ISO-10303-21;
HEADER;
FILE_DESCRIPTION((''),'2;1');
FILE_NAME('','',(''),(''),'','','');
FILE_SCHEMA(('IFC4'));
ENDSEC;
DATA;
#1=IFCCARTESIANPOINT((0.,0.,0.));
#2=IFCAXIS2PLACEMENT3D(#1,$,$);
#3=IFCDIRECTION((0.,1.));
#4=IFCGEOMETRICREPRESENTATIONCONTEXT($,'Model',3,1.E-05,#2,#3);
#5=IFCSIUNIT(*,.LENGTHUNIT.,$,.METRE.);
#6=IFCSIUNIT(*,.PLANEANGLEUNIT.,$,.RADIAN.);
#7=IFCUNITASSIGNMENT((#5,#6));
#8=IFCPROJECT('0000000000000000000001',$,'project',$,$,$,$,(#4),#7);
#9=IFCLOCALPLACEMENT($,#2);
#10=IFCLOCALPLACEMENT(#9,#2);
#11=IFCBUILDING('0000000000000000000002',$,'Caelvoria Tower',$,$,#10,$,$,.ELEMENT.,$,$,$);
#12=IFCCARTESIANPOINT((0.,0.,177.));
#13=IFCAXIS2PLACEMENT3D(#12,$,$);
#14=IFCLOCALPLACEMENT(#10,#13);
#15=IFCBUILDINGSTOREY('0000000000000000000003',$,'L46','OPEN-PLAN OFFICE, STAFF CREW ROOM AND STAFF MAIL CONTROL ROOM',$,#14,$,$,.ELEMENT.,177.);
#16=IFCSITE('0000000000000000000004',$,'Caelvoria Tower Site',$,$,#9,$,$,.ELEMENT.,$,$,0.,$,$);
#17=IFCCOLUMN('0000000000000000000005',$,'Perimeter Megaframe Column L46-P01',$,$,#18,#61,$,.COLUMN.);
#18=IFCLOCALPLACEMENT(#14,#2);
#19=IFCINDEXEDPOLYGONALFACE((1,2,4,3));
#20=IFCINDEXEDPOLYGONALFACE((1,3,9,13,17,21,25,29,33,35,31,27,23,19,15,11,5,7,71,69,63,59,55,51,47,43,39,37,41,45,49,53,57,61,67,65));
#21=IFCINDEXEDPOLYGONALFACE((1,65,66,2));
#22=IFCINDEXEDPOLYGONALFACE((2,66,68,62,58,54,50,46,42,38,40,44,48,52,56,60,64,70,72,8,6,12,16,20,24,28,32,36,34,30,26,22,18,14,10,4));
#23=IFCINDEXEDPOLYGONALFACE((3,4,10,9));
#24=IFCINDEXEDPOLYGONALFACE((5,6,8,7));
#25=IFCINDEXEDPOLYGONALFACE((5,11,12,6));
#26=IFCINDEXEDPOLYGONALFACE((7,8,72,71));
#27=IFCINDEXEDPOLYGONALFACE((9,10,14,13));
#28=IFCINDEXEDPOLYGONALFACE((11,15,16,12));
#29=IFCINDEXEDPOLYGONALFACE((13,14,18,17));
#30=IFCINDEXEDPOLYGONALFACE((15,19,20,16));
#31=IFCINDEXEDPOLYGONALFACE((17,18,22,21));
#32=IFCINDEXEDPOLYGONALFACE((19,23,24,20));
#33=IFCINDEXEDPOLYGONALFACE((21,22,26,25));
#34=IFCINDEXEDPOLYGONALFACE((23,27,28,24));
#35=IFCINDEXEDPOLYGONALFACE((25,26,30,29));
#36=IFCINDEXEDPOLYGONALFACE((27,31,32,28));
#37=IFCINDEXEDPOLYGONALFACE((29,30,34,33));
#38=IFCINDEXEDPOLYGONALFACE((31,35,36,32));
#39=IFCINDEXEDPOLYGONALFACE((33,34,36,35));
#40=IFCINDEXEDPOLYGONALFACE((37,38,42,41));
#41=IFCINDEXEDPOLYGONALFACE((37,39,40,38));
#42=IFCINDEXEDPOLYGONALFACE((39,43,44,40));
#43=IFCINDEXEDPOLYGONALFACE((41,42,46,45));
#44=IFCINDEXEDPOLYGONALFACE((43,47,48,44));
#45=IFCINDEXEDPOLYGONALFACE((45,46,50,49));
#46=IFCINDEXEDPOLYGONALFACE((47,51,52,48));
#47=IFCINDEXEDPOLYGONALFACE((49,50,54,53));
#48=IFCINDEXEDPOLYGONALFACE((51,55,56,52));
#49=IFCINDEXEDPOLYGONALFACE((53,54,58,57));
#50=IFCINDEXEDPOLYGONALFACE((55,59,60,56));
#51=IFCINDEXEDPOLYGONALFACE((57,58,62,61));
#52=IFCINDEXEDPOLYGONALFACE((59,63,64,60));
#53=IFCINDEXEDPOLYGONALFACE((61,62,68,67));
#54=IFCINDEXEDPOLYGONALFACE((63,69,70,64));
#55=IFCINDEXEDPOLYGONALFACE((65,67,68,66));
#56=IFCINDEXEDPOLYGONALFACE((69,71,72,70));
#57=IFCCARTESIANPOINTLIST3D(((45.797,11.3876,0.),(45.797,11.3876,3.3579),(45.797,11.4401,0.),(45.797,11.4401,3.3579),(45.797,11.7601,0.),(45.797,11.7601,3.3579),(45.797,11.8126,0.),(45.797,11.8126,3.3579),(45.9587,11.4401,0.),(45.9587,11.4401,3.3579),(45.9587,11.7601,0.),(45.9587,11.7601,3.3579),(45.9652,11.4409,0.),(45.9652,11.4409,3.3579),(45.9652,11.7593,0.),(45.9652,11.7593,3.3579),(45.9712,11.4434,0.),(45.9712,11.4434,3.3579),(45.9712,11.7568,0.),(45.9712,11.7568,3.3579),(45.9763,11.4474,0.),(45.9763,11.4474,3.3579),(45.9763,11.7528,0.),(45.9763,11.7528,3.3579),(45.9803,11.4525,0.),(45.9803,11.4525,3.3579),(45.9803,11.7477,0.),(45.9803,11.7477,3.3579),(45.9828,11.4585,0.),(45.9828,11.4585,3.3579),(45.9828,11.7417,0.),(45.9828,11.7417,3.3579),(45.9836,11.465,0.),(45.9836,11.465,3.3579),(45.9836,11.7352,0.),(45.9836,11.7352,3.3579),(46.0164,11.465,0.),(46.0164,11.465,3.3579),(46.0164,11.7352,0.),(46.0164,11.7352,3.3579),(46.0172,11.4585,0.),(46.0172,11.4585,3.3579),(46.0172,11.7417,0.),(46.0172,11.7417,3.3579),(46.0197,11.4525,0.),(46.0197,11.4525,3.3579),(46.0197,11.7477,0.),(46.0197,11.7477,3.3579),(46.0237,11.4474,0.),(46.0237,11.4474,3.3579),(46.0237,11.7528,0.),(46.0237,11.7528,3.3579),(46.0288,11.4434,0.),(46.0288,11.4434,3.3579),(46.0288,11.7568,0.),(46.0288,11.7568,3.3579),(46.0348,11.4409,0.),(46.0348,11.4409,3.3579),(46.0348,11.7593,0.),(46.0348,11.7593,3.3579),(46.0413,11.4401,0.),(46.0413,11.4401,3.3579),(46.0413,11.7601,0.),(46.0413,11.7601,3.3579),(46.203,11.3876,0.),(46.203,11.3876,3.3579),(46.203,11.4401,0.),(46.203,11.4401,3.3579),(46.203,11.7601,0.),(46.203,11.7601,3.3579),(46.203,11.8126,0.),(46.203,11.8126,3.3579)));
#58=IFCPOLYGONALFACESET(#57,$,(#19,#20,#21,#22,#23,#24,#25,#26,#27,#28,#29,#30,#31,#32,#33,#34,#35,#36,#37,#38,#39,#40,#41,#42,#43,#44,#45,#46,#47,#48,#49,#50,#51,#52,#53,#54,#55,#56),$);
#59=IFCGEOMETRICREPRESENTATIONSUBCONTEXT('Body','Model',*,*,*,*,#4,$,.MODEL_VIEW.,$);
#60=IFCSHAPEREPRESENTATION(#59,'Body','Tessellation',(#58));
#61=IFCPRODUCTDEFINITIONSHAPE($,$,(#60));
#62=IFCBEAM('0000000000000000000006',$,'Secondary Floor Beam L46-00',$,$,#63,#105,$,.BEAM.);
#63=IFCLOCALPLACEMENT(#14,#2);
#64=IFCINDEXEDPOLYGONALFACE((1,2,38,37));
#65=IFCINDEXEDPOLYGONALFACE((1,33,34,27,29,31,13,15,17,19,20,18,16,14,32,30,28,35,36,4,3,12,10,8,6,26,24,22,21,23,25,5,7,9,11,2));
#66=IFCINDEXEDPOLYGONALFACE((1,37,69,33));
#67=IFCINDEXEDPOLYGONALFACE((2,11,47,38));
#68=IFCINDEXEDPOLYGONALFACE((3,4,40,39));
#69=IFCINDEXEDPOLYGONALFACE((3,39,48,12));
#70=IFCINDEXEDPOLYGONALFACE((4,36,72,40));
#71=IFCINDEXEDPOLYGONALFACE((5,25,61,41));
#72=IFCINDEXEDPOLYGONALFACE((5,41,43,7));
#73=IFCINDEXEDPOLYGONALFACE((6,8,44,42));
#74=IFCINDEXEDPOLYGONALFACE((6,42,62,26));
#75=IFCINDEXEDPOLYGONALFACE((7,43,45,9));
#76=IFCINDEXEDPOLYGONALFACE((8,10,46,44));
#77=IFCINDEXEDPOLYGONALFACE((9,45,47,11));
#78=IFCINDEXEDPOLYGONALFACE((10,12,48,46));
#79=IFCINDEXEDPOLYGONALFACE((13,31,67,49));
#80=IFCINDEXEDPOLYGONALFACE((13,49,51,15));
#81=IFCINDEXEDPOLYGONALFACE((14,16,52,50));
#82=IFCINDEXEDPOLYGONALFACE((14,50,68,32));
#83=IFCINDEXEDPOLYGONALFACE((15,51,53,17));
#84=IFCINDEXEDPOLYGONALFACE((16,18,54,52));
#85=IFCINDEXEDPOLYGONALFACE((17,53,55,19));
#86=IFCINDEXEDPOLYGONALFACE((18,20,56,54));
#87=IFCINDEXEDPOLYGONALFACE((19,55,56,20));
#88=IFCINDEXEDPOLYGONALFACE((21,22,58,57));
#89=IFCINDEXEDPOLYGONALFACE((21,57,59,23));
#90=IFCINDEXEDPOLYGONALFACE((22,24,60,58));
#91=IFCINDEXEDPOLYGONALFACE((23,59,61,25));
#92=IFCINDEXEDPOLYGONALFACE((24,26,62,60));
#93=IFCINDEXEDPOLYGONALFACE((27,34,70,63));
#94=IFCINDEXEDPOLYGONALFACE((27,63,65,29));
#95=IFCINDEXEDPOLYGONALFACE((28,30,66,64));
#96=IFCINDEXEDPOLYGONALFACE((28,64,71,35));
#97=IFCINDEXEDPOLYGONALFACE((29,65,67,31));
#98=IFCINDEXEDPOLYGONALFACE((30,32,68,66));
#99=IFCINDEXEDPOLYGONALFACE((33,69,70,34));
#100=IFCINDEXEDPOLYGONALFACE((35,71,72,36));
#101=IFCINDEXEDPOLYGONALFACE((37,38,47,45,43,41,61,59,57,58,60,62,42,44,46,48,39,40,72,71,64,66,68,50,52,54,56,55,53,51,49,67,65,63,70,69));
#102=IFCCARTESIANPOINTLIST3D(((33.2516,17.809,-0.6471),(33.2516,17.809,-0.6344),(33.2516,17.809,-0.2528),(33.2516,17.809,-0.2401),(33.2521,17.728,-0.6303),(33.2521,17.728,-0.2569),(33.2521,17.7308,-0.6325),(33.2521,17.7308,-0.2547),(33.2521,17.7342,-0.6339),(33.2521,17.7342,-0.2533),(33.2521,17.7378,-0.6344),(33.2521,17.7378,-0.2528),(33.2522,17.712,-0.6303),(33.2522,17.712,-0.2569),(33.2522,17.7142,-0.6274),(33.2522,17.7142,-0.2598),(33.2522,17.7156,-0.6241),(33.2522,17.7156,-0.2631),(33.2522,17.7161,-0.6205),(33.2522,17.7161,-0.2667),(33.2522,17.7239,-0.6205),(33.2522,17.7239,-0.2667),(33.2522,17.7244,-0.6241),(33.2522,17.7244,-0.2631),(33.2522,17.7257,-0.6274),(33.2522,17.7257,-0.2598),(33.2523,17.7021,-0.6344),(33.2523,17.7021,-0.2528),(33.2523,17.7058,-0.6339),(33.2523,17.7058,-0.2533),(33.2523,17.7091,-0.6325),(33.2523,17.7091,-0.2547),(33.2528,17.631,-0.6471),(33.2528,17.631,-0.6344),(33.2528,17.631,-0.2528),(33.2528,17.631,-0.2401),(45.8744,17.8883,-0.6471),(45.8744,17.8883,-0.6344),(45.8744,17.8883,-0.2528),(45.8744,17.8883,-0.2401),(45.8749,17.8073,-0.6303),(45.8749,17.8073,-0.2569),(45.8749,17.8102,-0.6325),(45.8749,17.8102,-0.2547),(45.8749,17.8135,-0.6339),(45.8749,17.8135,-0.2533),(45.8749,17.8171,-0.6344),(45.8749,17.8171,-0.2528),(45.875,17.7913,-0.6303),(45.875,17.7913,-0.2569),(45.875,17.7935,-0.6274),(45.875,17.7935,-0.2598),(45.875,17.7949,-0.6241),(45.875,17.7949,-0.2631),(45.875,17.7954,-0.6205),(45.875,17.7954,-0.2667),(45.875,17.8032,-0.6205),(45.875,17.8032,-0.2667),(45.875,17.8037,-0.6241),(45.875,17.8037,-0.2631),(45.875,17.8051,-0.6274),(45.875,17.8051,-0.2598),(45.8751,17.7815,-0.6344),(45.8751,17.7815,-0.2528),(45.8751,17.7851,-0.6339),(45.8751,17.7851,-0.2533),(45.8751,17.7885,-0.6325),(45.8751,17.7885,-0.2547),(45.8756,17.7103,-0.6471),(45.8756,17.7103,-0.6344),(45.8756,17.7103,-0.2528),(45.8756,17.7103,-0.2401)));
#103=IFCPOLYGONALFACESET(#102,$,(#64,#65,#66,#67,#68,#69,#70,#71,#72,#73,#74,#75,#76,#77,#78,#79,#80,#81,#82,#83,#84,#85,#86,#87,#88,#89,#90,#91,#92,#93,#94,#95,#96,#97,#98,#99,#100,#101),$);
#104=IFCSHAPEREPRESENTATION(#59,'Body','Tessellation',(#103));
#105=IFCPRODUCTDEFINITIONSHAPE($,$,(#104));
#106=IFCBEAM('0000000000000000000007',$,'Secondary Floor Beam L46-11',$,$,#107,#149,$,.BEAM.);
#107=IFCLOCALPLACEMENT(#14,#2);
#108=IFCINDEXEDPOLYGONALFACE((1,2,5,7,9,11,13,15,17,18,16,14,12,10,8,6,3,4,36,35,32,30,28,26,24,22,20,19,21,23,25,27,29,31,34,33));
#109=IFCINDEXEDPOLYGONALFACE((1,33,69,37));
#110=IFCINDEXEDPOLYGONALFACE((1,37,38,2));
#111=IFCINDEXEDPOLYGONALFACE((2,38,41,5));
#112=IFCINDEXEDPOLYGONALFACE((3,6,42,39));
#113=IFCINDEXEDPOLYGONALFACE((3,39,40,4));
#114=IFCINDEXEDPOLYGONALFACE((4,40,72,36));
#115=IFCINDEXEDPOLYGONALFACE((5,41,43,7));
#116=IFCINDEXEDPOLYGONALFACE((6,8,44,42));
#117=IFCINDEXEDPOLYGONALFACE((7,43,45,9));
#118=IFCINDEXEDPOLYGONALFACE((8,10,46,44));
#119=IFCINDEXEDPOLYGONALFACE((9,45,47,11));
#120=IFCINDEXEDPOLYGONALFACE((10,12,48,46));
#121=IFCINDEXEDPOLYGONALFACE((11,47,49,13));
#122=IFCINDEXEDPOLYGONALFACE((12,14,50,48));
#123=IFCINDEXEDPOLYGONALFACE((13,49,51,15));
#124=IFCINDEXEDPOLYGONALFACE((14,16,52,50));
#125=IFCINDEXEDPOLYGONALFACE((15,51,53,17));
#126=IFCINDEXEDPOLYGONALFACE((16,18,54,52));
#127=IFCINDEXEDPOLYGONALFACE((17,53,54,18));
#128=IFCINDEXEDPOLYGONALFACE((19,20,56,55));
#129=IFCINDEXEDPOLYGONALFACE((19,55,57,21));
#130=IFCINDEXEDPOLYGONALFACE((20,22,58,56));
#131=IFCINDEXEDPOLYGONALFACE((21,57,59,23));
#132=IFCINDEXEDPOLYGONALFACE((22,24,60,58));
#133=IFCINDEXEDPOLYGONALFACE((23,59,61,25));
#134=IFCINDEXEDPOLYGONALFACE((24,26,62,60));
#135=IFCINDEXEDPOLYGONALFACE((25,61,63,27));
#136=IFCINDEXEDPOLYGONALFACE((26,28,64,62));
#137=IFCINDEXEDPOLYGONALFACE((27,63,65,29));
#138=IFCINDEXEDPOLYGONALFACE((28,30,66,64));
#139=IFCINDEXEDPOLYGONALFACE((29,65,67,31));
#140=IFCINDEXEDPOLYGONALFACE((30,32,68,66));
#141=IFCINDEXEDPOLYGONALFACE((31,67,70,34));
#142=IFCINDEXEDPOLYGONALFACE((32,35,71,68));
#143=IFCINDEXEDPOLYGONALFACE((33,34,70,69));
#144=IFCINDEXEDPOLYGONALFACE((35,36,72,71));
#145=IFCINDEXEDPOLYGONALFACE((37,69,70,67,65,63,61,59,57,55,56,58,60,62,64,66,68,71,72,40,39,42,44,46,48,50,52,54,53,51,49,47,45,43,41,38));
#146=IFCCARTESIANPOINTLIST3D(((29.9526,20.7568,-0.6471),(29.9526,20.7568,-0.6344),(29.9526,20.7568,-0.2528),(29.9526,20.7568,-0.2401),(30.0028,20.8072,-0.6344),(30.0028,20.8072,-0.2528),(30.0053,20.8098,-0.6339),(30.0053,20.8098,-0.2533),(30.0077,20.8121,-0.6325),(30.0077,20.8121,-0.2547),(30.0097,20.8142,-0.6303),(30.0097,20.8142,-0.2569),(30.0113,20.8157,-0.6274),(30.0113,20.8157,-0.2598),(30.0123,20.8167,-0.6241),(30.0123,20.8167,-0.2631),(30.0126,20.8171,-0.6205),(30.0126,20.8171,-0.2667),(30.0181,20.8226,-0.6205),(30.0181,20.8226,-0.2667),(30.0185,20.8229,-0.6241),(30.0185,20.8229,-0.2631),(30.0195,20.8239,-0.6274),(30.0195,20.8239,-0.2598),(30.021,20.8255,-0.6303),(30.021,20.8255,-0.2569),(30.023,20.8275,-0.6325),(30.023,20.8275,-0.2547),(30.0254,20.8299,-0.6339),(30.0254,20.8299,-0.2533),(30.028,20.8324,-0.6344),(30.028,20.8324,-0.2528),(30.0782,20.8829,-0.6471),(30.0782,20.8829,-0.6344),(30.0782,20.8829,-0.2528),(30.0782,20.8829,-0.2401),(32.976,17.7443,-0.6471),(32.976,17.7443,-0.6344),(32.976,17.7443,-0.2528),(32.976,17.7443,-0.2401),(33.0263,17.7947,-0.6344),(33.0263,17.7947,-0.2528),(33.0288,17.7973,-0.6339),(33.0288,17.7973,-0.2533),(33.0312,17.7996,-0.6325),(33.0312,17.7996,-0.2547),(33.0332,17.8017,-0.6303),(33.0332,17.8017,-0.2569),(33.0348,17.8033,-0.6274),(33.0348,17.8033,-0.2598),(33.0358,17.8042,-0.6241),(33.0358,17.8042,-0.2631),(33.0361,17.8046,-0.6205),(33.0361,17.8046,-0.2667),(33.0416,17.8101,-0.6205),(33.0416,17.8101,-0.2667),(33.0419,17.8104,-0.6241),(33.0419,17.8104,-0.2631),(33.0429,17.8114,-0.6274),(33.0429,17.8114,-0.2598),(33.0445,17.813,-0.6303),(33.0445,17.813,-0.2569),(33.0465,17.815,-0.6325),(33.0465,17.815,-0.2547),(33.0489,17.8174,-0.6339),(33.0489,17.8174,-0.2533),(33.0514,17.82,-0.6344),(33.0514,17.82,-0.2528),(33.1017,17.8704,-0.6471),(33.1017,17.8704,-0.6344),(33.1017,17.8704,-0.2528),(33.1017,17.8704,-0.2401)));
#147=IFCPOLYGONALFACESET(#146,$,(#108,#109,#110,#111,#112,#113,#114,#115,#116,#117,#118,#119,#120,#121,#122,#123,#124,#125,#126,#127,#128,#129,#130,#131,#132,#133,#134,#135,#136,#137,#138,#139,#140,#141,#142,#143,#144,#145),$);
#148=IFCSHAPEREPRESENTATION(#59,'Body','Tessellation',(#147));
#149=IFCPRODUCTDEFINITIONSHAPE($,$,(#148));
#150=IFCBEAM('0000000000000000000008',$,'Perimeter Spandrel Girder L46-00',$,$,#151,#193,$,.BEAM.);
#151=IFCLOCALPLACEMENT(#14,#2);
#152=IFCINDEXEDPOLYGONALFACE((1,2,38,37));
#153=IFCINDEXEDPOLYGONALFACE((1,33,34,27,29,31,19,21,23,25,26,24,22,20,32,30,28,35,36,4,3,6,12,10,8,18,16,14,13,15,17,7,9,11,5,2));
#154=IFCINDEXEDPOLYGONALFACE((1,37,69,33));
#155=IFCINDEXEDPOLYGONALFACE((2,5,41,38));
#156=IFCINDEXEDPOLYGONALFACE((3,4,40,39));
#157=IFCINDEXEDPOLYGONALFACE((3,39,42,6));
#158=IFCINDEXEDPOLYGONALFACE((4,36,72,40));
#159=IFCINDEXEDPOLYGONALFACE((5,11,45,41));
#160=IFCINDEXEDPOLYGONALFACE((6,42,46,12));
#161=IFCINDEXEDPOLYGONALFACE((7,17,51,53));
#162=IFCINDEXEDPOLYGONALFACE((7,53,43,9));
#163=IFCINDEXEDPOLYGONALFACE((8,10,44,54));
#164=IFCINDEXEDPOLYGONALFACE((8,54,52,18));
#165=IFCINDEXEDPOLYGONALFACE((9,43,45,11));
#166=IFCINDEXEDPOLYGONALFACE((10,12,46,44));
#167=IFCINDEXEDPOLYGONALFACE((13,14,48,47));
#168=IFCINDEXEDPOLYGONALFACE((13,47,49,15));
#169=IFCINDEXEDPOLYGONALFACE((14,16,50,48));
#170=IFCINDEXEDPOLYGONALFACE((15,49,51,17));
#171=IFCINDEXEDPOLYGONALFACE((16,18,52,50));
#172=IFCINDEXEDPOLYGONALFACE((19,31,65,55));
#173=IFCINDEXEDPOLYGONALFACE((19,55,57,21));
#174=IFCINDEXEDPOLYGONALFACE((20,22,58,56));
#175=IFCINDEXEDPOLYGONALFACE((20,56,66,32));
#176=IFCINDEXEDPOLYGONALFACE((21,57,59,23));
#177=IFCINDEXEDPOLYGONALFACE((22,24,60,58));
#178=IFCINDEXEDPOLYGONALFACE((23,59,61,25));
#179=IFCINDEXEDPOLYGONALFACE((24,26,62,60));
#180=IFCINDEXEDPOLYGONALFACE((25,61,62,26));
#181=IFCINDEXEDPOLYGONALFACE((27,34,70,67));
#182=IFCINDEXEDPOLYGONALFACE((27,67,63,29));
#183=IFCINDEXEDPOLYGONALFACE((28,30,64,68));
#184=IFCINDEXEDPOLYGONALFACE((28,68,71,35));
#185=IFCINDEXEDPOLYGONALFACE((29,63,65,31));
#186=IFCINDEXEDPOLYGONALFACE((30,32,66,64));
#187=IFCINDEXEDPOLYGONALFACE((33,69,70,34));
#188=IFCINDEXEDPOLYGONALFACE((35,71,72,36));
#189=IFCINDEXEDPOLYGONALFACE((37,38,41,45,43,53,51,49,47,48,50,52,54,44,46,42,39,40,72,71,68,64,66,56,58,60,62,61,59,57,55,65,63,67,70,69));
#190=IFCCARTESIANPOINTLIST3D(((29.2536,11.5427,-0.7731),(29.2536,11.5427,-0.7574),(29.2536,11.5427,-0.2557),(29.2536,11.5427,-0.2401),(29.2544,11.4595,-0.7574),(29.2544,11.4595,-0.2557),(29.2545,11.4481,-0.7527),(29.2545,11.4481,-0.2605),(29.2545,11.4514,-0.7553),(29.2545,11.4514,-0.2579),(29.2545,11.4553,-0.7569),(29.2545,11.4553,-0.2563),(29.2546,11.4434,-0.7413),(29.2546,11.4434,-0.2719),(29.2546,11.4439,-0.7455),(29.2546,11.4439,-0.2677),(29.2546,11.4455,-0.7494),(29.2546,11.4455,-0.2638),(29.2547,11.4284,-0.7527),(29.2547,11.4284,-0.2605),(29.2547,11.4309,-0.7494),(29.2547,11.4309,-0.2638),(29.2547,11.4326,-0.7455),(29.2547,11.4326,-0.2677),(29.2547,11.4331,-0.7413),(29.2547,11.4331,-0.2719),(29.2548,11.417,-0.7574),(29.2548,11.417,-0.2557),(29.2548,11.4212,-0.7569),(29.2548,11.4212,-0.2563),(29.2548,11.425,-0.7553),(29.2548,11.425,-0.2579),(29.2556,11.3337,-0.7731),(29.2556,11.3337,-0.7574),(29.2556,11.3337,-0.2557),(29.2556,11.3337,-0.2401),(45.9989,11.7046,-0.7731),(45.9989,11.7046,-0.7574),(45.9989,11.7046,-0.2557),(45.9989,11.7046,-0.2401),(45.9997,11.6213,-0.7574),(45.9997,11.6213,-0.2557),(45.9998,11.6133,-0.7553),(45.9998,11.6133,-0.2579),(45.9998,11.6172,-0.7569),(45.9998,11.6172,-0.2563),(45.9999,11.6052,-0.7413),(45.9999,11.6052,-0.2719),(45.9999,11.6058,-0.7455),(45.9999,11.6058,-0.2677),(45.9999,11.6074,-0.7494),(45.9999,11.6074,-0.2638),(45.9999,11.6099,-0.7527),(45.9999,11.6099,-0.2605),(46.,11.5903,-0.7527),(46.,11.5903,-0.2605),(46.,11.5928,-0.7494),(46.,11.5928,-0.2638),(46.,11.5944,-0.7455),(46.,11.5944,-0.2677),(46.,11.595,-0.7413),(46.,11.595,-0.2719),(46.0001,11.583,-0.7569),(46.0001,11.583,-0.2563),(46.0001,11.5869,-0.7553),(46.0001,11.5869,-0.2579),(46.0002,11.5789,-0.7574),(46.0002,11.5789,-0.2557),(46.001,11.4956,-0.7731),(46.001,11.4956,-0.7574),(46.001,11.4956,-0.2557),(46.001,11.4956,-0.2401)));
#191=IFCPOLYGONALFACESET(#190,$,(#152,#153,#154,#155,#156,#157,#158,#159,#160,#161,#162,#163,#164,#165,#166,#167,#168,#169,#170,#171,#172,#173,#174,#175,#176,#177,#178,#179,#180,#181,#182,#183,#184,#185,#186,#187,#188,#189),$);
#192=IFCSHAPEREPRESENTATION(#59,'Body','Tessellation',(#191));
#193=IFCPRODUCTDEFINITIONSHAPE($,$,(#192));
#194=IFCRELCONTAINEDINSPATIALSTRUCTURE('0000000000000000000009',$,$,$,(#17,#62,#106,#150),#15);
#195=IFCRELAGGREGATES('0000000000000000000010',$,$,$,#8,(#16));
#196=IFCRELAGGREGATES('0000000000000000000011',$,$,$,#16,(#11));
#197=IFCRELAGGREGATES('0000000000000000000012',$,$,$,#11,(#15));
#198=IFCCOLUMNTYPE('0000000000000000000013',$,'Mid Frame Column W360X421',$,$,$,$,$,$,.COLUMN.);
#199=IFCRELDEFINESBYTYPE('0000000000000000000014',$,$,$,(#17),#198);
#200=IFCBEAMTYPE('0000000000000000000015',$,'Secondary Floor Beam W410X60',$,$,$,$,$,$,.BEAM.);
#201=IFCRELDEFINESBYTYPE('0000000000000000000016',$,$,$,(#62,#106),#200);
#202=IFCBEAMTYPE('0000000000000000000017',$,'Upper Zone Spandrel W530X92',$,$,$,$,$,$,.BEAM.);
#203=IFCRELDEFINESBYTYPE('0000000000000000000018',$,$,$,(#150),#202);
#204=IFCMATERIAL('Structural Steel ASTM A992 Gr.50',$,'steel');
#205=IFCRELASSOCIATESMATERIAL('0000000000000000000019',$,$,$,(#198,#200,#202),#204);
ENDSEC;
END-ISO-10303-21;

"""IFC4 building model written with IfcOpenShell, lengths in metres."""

from ifc_helpers import new_model, si_unit, direction, frame, origin, origin_2d, place, context, subcontext, project, spatial, i_section, extrude, material, material_profile, profile_set, type_object, element, save


model = new_model("IFC4")

# Units and contexts
model_context = context("Model", 3, precision=1e-05, world=origin(), true_north=direction((0.0, 1.0)))
body_context = subcontext(model_context, "Body", "Model", "MODEL_VIEW")
ifc_project = project(units=[si_unit("LENGTHUNIT", "METRE"), si_unit("PLANEANGLEUNIT", "RADIAN")], contexts=[model_context])

# Site, building, storey
site_placement = place(None, origin())
site = spatial("IfcSite", under=ifc_project, at=site_placement, Name="Caelvoria Tower Site", CompositionType="ELEMENT", RefElevation=0.0)
building_placement = place(site_placement, origin())
building = spatial("IfcBuilding", under=site, at=building_placement, Name="Caelvoria Tower", CompositionType="ELEMENT")
storey_placement = place(building_placement, frame((0.0, 0.0, 177.0)))
storey = spatial("IfcBuildingStorey", under=building, at=storey_placement, Name="L46", Description="OPEN-PLAN OFFICE, STAFF CREW ROOM AND STAFF MAIL CONTROL ROOM", CompositionType="ELEMENT", Elevation=177.0)

# Column
ifc_material_1 = material(Name="Structural Steel ASTM A992 Gr.50", Category="steel")
ifc_material_profile_1 = material_profile(ifc_material_1, i_section(OverallWidth=0.406, OverallDepth=0.425, WebThickness=0.0327, FlangeThickness=0.0525, FilletRadius=0.0249, at=origin_2d()), Name="Structural Steel ASTM A992 Gr.50")
ifc_profile_set_1 = profile_set([ifc_material_profile_1], Name="W360X421 - Structural Steel ASTM A992 Gr.50")
column_type = type_object("IfcColumnType", Name="Mid Frame Column W360X421", PredefinedType="COLUMN", material=ifc_profile_set_1)
column_placement = place(storey_placement, frame((46.0, 11.6001, 0.0), z_axis=(0.0, 0.0, 1.0), x_axis=(1.0, 0.0, 0.0)))
element("IfcColumn", 1, at=column_placement, inside=storey, type_object=column_type, Name="Perimeter Megaframe Column L46-P01", PredefinedType="COLUMN", context=body_context, shape_type="SweptSolid", body=[
    extrude(i_section(OverallWidth=0.406, OverallDepth=0.425, WebThickness=0.0327, FlangeThickness=0.0525, FilletRadius=0.0249, at=origin_2d()), origin(), (0.0, 0.0, 1.0), 3.3579),
])

# Beams
ifc_material_profile_2 = material_profile(ifc_material_1, i_section(OverallWidth=0.178, OverallDepth=0.407, WebThickness=0.0078, FlangeThickness=0.0127, FilletRadius=0.0139, at=origin_2d()), Name="Structural Steel ASTM A992 Gr.50")
ifc_profile_set_2 = profile_set([ifc_material_profile_2], Name="W410X60 - Structural Steel ASTM A992 Gr.50")
beam_type_1 = type_object("IfcBeamType", Name="Secondary Floor Beam W410X60", PredefinedType="BEAM", material=ifc_profile_set_2)
beam_1_placement = place(storey_placement, frame((33.2522, 17.72, -0.4436), z_axis=(0.99998, 0.006286, 0.0), x_axis=(-0.006286, 0.99998, 0.0)))
element("IfcBeam", 2, at=beam_1_placement, inside=storey, type_object=beam_type_1, Name="Secondary Floor Beam L46-00", PredefinedType="BEAM", context=body_context, shape_type="SweptSolid", body=[
    extrude(i_section(OverallWidth=0.178, OverallDepth=0.407, WebThickness=0.0078, FlangeThickness=0.0127, FilletRadius=0.0139, at=origin_2d()), origin(), (0.0, 0.0, 1.0), 12.623),
])
beam_2_placement = place(storey_placement, frame((30.0154, 20.8198, -0.4436), z_axis=(0.708393, -0.705819, 0.0), x_axis=(0.705819, 0.708393, 0.0)))
element("IfcBeam", 3, at=beam_2_placement, inside=storey, type_object=beam_type_1, Name="Secondary Floor Beam L46-11", PredefinedType="BEAM", context=body_context, shape_type="SweptSolid", body=[
    extrude(i_section(OverallWidth=0.178, OverallDepth=0.407, WebThickness=0.0078, FlangeThickness=0.0127, FilletRadius=0.0139, at=origin_2d()), origin(), (0.0, 0.0, 1.0), 4.2681),
])
ifc_material_profile_3 = material_profile(ifc_material_1, i_section(OverallWidth=0.209, OverallDepth=0.533, WebThickness=0.0103, FlangeThickness=0.0156, FilletRadius=0.0161, at=origin_2d()), Name="Structural Steel ASTM A992 Gr.50")
ifc_profile_set_3 = profile_set([ifc_material_profile_3], Name="W530X92 - Structural Steel ASTM A992 Gr.50")
beam_type_2 = type_object("IfcBeamType", Name="Upper Zone Spandrel W530X92", PredefinedType="BEAM", material=ifc_profile_set_3)
for number, where, z_axis, x_axis, name in (
    (4, (29.2546, 11.4382, -0.5066), (0.999953, 0.009666, 0.0), (-0.009666, 0.999953, 0.0), "Perimeter Spandrel Girder L46-00"),
):
    element("IfcBeam", number, at=place(storey_placement, frame(where, z_axis=z_axis, x_axis=x_axis)), inside=storey, type_object=beam_type_2, Name=name, PredefinedType="BEAM", context=body_context, shape_type="SweptSolid", body=[
        extrude(i_section(OverallWidth=0.209, OverallDepth=0.533, WebThickness=0.0103, FlangeThickness=0.0156, FilletRadius=0.0161, at=origin_2d()), origin(), (0.0, 0.0, 1.0), 16.7461),
    ])

save(model, "model.ifc")
